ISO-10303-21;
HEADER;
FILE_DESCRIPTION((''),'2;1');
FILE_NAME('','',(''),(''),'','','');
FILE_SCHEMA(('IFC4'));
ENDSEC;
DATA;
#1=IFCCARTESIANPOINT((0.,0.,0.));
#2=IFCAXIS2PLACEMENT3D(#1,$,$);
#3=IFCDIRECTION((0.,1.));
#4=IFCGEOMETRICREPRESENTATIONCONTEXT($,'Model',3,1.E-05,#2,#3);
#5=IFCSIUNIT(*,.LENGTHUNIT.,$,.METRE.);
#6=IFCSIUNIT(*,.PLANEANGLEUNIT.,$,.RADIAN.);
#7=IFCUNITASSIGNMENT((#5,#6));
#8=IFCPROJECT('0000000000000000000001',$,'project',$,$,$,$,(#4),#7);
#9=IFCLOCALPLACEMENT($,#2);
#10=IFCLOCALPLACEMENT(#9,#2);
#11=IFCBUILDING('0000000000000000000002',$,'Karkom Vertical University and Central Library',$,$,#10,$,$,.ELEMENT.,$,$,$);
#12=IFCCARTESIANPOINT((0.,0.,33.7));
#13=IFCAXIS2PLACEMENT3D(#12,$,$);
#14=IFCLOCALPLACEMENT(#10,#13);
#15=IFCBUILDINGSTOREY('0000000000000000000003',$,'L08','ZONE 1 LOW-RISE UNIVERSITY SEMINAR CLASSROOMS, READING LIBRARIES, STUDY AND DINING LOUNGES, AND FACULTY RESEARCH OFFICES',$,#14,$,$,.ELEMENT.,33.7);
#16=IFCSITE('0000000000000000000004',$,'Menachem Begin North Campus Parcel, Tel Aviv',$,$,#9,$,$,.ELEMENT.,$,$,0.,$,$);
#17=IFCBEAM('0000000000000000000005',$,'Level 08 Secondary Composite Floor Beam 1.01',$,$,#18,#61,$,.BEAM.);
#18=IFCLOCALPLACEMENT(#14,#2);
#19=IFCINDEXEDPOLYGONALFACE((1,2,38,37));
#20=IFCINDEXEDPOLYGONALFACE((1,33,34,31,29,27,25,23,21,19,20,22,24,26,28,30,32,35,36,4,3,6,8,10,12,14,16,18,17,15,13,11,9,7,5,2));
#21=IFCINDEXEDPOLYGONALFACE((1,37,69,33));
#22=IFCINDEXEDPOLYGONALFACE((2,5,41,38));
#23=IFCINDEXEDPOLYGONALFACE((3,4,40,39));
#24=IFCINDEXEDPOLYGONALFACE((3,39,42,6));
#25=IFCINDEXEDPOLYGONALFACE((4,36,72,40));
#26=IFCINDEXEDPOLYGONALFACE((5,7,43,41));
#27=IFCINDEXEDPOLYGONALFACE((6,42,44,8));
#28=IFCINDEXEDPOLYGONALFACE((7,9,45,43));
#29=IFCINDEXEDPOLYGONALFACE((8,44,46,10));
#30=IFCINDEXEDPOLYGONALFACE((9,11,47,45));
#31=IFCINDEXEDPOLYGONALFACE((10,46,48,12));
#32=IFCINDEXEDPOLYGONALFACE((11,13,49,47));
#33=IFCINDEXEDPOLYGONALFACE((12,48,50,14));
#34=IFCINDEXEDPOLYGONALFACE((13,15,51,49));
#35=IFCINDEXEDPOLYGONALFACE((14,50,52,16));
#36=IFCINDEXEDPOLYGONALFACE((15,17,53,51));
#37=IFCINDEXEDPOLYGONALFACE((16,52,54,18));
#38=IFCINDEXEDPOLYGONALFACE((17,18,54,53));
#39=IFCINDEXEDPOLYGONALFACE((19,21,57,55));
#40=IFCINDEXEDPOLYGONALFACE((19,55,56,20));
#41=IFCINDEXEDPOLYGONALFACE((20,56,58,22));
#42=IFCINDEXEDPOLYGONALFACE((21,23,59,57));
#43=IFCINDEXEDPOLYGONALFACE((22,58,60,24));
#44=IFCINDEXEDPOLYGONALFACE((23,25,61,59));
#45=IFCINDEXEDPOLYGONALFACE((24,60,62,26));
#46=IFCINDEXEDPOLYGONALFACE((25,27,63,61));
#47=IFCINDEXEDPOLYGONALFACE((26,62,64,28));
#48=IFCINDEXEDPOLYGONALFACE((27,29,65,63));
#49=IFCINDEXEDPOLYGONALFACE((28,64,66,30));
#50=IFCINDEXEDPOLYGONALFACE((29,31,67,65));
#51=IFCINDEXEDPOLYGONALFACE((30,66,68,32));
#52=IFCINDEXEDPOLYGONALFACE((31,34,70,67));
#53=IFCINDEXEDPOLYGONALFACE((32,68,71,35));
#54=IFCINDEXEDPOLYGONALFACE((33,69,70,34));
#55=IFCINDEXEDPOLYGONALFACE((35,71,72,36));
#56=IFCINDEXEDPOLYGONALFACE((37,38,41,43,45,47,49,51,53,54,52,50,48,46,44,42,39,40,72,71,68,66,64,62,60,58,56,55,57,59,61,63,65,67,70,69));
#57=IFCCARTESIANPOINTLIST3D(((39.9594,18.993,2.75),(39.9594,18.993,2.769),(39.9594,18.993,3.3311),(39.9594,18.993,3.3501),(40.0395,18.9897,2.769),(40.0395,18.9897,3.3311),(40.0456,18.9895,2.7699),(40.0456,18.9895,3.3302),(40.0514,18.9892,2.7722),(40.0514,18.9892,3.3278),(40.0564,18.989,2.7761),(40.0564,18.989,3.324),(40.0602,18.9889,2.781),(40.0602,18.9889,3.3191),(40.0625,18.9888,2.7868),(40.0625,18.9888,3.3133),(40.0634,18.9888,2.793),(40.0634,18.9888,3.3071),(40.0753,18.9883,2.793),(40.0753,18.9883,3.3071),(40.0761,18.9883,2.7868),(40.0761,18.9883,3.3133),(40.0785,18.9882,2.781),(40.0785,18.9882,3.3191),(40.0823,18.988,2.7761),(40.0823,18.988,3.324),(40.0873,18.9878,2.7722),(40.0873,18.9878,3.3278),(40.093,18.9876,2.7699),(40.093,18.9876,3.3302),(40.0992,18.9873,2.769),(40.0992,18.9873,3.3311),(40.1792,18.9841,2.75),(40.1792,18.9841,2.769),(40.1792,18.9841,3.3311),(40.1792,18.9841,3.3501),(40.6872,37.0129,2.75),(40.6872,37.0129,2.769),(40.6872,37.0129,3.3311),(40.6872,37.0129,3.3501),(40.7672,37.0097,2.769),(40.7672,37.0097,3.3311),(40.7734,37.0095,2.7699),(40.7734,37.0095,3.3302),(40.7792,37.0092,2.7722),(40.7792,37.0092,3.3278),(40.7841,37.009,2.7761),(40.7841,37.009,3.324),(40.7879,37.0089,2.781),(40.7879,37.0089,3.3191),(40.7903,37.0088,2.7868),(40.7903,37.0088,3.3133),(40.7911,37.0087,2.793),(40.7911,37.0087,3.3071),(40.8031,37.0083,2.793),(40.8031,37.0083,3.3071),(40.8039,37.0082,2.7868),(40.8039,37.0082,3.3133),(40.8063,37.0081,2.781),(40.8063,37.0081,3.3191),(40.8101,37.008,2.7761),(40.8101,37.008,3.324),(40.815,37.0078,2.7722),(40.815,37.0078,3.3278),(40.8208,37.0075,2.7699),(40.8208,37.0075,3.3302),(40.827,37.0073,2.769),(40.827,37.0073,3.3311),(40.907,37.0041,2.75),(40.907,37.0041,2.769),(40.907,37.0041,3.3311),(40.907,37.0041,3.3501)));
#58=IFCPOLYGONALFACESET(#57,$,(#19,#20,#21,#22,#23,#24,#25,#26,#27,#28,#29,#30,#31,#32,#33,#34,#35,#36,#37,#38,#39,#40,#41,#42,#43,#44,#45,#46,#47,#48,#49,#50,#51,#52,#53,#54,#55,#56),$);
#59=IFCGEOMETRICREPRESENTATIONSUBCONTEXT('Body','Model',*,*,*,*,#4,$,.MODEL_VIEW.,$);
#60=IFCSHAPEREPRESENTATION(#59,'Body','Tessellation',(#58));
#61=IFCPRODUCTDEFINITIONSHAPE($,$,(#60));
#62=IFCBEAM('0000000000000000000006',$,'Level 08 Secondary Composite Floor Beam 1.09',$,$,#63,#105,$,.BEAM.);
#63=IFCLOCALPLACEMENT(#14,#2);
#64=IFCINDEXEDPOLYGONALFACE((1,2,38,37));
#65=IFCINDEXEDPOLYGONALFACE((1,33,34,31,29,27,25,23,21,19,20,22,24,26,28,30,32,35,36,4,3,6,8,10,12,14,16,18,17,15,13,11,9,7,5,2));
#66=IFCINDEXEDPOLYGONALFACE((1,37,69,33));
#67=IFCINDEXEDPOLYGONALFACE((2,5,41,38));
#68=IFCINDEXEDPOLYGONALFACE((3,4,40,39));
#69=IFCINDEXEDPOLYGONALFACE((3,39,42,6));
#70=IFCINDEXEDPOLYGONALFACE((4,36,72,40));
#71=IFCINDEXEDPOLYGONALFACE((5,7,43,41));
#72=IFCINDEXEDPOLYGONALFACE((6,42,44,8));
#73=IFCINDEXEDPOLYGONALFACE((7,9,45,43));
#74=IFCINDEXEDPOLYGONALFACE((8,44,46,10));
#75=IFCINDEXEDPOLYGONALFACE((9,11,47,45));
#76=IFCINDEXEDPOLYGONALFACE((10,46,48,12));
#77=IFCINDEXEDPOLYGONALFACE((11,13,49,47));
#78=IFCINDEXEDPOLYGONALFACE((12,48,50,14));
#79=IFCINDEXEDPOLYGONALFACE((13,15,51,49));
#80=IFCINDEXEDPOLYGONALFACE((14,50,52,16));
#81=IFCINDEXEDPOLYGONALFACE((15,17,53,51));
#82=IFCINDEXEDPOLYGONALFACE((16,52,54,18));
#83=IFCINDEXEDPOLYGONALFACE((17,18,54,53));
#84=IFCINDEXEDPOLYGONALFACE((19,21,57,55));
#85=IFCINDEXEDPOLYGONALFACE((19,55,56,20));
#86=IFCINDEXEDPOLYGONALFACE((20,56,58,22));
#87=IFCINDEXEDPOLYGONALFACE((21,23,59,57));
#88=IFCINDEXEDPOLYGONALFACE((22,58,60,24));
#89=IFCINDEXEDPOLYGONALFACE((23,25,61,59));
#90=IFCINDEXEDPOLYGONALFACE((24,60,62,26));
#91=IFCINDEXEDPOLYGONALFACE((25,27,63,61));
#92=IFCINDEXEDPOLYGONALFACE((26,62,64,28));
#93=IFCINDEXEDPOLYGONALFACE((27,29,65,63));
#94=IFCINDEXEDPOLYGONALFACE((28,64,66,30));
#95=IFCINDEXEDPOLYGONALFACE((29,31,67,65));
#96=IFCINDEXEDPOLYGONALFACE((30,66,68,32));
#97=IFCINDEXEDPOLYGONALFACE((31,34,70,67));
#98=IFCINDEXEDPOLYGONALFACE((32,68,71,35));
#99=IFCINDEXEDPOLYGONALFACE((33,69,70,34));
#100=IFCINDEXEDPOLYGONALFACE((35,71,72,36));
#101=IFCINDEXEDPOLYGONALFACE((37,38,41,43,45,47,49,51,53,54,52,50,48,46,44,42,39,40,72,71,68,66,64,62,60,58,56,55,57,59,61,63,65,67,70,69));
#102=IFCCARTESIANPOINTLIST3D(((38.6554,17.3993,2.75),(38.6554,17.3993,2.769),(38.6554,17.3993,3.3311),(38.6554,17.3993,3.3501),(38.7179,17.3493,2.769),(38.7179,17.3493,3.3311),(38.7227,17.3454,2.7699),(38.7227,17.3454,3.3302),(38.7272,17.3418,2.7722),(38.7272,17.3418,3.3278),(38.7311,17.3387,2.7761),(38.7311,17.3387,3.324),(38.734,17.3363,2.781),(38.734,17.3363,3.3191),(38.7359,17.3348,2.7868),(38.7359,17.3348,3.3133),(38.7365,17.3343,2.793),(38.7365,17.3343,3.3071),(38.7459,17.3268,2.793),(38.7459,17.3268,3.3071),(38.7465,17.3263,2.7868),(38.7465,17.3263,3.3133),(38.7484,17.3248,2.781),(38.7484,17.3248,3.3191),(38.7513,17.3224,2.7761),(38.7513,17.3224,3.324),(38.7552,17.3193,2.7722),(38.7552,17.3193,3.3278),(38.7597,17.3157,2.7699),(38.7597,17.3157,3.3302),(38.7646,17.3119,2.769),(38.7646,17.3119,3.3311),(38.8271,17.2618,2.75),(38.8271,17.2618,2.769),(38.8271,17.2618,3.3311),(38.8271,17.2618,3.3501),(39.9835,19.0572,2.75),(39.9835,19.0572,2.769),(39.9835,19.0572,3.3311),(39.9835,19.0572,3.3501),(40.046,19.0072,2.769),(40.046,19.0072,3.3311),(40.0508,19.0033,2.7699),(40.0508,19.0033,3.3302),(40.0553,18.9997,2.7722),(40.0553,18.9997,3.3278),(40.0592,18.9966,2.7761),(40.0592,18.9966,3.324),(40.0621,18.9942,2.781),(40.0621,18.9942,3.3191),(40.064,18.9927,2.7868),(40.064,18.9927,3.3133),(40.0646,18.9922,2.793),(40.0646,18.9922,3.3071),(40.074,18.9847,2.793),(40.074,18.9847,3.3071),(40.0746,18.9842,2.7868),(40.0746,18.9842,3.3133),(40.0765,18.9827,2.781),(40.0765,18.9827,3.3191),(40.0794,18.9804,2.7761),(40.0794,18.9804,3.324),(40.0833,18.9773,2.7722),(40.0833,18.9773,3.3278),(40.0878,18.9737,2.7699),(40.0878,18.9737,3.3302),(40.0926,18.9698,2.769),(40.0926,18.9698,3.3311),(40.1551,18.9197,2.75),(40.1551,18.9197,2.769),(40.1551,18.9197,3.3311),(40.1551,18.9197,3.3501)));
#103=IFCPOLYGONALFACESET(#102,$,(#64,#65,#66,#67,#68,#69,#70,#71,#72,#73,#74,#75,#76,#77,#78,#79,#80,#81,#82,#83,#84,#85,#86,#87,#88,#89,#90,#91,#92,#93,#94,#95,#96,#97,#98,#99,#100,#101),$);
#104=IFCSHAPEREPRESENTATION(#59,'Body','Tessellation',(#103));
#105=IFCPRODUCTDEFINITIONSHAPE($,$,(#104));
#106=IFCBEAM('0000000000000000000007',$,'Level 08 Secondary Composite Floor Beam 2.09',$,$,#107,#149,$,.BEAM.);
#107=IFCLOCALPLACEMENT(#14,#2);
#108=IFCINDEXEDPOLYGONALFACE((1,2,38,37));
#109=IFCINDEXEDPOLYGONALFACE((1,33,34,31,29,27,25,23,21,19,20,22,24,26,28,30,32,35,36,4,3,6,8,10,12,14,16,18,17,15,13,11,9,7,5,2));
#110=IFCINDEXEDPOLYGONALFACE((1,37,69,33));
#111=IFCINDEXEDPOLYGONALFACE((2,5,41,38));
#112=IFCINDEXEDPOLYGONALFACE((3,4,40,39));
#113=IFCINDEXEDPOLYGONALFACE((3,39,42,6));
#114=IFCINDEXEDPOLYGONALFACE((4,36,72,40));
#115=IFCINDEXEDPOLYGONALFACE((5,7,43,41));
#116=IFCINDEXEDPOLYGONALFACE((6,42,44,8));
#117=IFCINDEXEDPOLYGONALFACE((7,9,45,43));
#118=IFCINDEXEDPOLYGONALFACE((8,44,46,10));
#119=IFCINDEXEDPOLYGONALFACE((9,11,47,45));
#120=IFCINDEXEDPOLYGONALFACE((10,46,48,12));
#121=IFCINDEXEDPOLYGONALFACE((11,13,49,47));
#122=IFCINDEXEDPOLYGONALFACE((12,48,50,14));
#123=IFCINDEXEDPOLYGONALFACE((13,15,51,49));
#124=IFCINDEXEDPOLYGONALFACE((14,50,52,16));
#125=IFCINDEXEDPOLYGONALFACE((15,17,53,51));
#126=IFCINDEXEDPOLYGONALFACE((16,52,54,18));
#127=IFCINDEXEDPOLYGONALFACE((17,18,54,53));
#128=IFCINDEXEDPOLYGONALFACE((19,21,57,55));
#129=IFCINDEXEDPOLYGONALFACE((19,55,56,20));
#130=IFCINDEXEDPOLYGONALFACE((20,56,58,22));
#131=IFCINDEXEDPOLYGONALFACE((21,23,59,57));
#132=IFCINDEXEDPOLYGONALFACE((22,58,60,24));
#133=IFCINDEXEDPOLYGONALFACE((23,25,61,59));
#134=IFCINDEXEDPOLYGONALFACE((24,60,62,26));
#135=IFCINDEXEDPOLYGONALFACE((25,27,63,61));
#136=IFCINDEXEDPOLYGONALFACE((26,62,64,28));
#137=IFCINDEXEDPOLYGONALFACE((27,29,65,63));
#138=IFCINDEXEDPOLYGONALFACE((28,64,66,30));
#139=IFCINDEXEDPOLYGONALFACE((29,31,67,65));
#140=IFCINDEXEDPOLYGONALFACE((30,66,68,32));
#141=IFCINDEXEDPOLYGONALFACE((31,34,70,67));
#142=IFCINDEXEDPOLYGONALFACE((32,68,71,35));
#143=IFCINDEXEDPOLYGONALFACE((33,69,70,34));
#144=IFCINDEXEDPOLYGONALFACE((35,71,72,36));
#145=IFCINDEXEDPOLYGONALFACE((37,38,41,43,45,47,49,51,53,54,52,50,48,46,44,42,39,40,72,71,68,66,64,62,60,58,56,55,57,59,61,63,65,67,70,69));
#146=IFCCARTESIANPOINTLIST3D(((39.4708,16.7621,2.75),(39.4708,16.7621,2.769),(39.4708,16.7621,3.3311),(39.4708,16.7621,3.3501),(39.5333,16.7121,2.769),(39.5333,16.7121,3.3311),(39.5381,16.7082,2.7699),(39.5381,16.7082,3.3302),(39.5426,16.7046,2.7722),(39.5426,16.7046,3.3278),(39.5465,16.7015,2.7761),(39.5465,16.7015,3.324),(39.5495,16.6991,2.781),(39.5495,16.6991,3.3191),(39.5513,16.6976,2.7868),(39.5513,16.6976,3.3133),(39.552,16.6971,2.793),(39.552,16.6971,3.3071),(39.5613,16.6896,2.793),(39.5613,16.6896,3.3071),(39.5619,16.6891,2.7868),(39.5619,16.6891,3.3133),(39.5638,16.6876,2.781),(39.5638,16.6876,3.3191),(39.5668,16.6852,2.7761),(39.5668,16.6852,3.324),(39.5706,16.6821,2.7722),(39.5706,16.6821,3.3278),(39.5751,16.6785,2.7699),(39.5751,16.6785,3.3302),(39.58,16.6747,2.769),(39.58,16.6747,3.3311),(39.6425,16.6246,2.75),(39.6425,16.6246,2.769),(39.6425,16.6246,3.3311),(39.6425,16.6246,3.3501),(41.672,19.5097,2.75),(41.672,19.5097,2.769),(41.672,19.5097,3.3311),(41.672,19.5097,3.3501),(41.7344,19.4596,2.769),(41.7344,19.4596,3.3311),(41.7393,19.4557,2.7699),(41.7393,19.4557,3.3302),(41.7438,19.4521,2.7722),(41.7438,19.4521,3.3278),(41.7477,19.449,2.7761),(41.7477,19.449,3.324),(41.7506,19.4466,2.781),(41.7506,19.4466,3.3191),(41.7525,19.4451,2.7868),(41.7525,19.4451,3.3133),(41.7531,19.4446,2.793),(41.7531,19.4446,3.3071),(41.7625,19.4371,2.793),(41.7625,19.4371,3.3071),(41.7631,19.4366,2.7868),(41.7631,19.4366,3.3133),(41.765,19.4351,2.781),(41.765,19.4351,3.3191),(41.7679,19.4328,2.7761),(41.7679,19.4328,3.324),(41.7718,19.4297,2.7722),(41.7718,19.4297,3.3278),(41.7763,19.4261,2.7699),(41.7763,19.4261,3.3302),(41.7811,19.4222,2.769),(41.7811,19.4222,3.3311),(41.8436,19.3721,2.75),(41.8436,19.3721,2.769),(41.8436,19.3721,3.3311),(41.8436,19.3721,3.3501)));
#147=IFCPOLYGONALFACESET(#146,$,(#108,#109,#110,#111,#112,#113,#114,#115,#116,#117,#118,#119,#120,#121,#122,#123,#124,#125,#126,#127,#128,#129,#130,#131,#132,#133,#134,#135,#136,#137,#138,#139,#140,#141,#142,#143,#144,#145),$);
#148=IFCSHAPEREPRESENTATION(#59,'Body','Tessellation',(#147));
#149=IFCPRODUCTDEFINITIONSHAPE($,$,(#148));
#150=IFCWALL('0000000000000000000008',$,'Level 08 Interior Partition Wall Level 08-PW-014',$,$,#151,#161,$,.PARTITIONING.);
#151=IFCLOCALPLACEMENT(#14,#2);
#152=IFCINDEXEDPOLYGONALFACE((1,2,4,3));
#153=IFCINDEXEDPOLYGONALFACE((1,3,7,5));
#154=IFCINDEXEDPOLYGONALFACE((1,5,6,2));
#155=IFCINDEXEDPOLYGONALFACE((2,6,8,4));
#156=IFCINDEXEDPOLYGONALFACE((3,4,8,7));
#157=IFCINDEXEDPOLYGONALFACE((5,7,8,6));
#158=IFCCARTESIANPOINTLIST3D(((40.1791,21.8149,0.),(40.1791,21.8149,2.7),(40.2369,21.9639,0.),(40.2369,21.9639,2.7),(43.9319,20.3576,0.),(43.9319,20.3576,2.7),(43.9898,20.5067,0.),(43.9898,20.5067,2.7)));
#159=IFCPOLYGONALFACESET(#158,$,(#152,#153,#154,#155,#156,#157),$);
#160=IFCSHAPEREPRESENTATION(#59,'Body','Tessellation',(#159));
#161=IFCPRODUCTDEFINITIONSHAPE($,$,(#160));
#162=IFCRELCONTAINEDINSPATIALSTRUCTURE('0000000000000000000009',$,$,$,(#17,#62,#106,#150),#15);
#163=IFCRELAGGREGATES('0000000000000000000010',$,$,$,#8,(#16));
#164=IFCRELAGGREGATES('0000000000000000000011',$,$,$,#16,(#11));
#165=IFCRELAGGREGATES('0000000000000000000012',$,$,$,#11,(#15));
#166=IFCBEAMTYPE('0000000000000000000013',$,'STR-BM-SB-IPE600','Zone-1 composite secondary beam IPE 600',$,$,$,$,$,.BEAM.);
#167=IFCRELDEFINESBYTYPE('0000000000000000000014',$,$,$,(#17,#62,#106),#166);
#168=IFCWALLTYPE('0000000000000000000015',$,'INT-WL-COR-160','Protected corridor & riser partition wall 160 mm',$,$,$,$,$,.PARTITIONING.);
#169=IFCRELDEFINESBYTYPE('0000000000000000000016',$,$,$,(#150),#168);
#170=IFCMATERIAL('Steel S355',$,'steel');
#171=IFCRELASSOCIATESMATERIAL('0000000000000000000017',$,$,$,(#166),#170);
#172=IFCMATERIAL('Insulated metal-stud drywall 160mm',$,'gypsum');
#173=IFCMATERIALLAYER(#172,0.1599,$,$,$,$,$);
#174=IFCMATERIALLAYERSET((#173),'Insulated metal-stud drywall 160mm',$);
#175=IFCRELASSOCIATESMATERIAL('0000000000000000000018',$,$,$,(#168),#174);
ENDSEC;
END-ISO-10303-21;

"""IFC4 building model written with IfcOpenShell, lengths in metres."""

from ifc_helpers import new_model, si_unit, direction, frame, frame_2d, origin, origin_with_axes, origin_2d, place, context, subcontext, project, spatial, rectangle, i_section, extrude, source, transform, mapped, material, layer, layer_set, material_profile, profile_set, type_object, element, save


model = new_model("IFC4")

# Units and contexts
model_context = context("Model", 3, precision=1e-05, world=origin(), true_north=direction((0.0, 1.0)))
body_context = subcontext(model_context, "Body", "Model", "MODEL_VIEW")
ifc_project = project(units=[si_unit("LENGTHUNIT", "METRE"), si_unit("PLANEANGLEUNIT", "RADIAN")], contexts=[model_context])

# Site, building, storey
site_placement = place(None, origin())
site = spatial("IfcSite", under=ifc_project, at=site_placement, Name="Menachem Begin North Campus Parcel, Tel Aviv", CompositionType="ELEMENT", RefElevation=0.0)
building_placement = place(site_placement, origin())
building = spatial("IfcBuilding", under=site, at=building_placement, Name="Karkom Vertical University and Central Library", CompositionType="ELEMENT")
storey_placement = place(building_placement, frame((0.0, 0.0, 33.7)))
storey = spatial("IfcBuildingStorey", under=building, at=storey_placement, Name="L08", Description="ZONE 1 LOW-RISE UNIVERSITY SEMINAR CLASSROOMS, READING LIBRARIES, STUDY AND DINING LOUNGES, AND FACULTY RESEARCH OFFICES", CompositionType="ELEMENT", Elevation=33.7)

# Beams
ifc_material_1 = material(Name="Steel S355", Category="steel")
ifc_material_profile_1 = material_profile(ifc_material_1, i_section(OverallWidth=0.22, OverallDepth=0.6001, WebThickness=0.012, FlangeThickness=0.019, FilletRadius=0.0239, at=origin_2d()), Name="IPE 600")
ifc_profile_set_1 = profile_set([ifc_material_profile_1], Name="Steel S355")
beam_type_1 = type_object("IfcBeamType", Name="STR-BM-SB-IPE600", Description="Zone-1 composite secondary beam IPE 600", PredefinedType="BEAM", material=ifc_profile_set_1)
shared_shape_1 = source(origin_with_axes(), body_context, "Body", "SweptSolid", [
    extrude(i_section(OverallWidth=0.22, OverallDepth=0.6001, WebThickness=0.012, FlangeThickness=0.019, FilletRadius=0.0239, at=origin_2d()), origin(), (0.0, 0.0, 1.0), 18.0347),
])
beam_1_placement = place(storey_placement, frame((40.0693, 18.9885, 3.05), z_axis=(0.040355, 0.999185, 0.0), x_axis=(-0.999185, 0.040355, 0.0)))
element("IfcBeam", 1, at=beam_1_placement, inside=storey, type_object=beam_type_1, Name="Level 08 Secondary Composite Floor Beam 1.01", PredefinedType="BEAM", context=body_context, shape_type="MappedRepresentation", body=[
    mapped(shared_shape_1, transform((0.0, 0.0, 0.0), scale=1.0)),
])
shared_shape_2 = source(origin_with_axes(), body_context, "Body", "SweptSolid", [
    extrude(i_section(OverallWidth=0.22, OverallDepth=0.6001, WebThickness=0.012, FlangeThickness=0.019, FilletRadius=0.0239, at=origin_2d()), origin(), (0.0, 0.0, 1.0), 2.1243),
])
beam_2_placement = place(storey_placement, frame((38.7412, 17.3306, 3.05), z_axis=(0.625199, 0.780465, 0.0), x_axis=(-0.780465, 0.625199, 0.0)))
element("IfcBeam", 2, at=beam_2_placement, inside=storey, type_object=beam_type_1, Name="Level 08 Secondary Composite Floor Beam 1.09", PredefinedType="BEAM", context=body_context, shape_type="MappedRepresentation", body=[
    mapped(shared_shape_2, transform((0.0, 0.0, 0.0), scale=1.0)),
])
shared_shape_3 = source(origin_with_axes(), body_context, "Body", "SweptSolid", [
    extrude(i_section(OverallWidth=0.22, OverallDepth=0.6001, WebThickness=0.012, FlangeThickness=0.019, FilletRadius=0.0239, at=origin_2d()), origin(), (0.0, 0.0, 1.0), 3.5205),
])
beam_3_placement = place(storey_placement, frame((39.5566, 16.6934, 3.05), z_axis=(0.625236, 0.780436, 0.0), x_axis=(-0.780436, 0.625236, 0.0)))
element("IfcBeam", 3, at=beam_3_placement, inside=storey, type_object=beam_type_1, Name="Level 08 Secondary Composite Floor Beam 2.09", PredefinedType="BEAM", context=body_context, shape_type="MappedRepresentation", body=[
    mapped(shared_shape_3, transform((0.0, 0.0, 0.0), scale=1.0)),
])

# Wall
ifc_material_2 = material(Name="Insulated metal-stud drywall 160mm", Category="gypsum")
ifc_layer_1 = layer(ifc_material_2, 0.1599)
ifc_layer_set_1 = layer_set([ifc_layer_1], Name="Insulated metal-stud drywall 160mm")
wall_type_1 = type_object("IfcWallType", Name="INT-WL-COR-160", Description="Protected corridor & riser partition wall 160 mm", PredefinedType="PARTITIONING", material=ifc_layer_set_1)
wall_1_placement = place(storey_placement, frame((40.208, 21.8894, 0.0), z_axis=(0.0, 0.0, 1.0), x_axis=(0.932189, -0.361972, 0.0)))
element("IfcWall", 4, at=wall_1_placement, inside=storey, type_object=wall_type_1, Name="Level 08 Interior Partition Wall Level 08-PW-014", PredefinedType="PARTITIONING", context=body_context, shape_type="SweptSolid", body=[
    extrude(rectangle(XDim=4.0259, YDim=0.1599, at=frame_2d((2.0129, 0.0))), origin(), (0.0, 0.0, 1.0), 2.7),
])

save(model, "model.ifc")
